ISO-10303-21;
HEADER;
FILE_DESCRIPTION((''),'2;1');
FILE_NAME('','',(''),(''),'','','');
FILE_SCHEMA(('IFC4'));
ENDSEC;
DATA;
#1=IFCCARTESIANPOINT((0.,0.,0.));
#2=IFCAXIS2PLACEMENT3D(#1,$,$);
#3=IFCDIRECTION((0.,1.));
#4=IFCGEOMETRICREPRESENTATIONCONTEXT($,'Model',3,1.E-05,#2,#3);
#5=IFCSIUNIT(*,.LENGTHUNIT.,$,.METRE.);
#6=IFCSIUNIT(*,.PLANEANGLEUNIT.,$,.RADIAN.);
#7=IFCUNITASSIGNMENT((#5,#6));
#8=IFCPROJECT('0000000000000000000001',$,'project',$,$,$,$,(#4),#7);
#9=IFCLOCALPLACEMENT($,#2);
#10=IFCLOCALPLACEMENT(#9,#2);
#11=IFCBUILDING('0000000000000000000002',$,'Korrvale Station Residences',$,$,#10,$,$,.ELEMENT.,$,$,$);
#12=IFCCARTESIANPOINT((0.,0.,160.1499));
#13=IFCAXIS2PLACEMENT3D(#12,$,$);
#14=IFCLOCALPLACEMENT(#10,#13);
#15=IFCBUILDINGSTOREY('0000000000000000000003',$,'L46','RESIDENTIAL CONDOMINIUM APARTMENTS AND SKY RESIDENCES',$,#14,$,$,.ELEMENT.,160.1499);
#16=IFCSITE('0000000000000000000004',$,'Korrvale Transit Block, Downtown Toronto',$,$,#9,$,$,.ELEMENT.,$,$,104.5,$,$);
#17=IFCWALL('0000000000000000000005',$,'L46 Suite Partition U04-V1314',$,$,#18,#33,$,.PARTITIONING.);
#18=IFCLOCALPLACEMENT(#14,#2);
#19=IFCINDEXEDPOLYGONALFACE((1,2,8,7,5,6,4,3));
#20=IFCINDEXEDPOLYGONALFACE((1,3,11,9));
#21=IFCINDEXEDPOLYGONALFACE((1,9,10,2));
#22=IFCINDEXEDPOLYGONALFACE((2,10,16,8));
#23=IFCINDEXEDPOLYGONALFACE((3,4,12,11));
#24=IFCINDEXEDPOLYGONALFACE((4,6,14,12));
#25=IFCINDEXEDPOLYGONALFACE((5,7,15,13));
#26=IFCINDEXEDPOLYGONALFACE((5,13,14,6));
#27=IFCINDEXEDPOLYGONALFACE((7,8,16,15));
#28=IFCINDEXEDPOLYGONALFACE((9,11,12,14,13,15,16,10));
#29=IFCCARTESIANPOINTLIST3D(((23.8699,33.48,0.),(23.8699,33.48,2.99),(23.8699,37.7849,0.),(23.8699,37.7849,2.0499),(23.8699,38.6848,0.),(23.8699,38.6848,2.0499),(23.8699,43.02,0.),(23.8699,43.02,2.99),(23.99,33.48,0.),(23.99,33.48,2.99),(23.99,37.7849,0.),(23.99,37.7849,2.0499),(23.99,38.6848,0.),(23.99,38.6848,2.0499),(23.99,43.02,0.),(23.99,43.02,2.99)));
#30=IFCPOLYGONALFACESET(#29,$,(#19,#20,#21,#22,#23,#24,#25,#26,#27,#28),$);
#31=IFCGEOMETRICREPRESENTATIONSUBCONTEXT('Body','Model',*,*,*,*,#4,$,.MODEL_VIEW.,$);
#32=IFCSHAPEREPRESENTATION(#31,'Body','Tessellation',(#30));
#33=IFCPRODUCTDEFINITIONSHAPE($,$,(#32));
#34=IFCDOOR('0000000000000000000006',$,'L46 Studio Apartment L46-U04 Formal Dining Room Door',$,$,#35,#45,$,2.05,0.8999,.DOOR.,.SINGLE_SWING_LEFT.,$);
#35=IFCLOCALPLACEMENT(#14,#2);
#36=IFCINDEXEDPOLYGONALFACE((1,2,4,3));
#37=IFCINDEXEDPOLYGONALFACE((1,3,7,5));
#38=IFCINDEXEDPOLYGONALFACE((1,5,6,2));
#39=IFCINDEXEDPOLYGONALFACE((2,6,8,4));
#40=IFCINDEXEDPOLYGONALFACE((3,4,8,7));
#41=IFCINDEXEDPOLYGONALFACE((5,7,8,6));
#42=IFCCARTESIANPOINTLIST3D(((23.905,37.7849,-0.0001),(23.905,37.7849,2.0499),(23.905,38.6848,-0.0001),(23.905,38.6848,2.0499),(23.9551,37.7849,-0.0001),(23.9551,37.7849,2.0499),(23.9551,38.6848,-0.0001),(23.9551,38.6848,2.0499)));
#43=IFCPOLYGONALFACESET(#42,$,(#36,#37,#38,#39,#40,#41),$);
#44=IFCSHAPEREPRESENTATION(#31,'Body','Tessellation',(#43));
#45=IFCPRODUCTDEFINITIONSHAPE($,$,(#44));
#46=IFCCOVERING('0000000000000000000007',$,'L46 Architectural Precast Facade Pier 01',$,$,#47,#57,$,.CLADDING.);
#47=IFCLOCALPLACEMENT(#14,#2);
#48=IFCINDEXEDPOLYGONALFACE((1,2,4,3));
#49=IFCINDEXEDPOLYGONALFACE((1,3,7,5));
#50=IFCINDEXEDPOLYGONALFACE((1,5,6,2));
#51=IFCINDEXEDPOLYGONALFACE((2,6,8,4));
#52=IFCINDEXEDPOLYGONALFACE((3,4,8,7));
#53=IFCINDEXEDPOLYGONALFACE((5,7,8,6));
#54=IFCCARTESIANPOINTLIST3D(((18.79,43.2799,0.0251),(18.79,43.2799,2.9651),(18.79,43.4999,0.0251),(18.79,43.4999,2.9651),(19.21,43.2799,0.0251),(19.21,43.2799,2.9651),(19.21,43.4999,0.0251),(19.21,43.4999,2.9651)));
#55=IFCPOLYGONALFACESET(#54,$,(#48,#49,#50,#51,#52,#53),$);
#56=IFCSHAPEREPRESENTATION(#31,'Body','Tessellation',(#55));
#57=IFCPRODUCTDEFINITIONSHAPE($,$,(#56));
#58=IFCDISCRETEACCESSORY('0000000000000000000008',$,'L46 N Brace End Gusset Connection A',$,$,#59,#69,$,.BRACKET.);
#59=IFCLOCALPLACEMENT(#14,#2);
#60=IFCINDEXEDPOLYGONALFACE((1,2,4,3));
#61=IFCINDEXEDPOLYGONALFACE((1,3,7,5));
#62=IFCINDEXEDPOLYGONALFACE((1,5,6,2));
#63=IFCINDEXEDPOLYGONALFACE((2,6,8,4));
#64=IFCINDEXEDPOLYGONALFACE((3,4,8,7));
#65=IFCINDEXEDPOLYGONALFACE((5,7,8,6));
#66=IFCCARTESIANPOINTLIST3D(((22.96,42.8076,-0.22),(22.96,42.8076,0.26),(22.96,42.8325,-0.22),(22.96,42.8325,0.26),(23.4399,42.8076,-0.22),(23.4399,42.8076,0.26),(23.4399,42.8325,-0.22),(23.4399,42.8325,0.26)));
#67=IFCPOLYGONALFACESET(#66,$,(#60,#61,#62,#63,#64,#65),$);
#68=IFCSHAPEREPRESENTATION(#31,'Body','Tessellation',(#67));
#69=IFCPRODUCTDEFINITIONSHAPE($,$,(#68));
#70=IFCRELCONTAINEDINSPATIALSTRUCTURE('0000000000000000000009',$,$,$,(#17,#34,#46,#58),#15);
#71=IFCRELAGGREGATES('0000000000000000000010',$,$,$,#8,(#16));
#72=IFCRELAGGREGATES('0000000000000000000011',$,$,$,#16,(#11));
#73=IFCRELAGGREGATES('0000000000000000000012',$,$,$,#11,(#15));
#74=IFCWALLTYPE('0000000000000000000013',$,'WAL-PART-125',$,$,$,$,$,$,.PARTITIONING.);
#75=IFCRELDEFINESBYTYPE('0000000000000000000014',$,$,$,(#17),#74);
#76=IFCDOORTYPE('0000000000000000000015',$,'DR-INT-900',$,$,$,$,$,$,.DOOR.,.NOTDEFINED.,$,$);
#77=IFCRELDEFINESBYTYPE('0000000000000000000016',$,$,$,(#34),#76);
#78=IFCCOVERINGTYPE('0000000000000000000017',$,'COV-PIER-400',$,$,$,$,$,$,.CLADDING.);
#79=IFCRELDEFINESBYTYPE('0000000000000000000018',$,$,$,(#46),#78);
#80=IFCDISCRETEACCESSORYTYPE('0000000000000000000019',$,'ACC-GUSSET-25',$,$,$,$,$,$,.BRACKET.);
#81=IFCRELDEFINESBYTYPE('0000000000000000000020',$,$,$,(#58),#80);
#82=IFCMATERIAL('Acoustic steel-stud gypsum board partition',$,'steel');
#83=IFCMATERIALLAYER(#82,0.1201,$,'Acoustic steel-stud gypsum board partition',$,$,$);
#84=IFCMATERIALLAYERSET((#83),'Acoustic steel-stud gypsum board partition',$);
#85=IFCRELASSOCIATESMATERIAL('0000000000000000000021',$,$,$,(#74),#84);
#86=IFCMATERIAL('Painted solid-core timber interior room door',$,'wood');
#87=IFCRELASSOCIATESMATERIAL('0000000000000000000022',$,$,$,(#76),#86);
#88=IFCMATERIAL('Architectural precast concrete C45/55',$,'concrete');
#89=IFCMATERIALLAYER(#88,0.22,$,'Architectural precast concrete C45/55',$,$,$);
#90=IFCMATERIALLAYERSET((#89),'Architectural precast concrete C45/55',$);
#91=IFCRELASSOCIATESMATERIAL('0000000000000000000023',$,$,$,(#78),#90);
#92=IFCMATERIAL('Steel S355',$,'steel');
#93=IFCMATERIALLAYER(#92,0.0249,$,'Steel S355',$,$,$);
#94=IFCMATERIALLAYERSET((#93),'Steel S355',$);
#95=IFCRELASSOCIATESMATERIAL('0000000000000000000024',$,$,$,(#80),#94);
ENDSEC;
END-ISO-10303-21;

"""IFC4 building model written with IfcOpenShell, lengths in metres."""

from ifc_helpers import new_model, si_unit, direction, frame, frame_2d, origin, origin_2d, place, context, subcontext, project, spatial, rectangle, extrude, material, layer, layer_set, type_object, element, fill, save


model = new_model("IFC4")

# Units and contexts
model_context = context("Model", 3, precision=1e-05, world=origin(), true_north=direction((0.0, 1.0)))
body_context = subcontext(model_context, "Body", "Model", "MODEL_VIEW")
ifc_project = project(units=[si_unit("LENGTHUNIT", "METRE"), si_unit("PLANEANGLEUNIT", "RADIAN")], contexts=[model_context])

# Site, building, storey
site_placement = place(None, origin())
site = spatial("IfcSite", under=ifc_project, at=site_placement, Name="Korrvale Transit Block, Downtown Toronto", CompositionType="ELEMENT", RefElevation=104.5)
building_placement = place(site_placement, origin())
building = spatial("IfcBuilding", under=site, at=building_placement, Name="Korrvale Station Residences", CompositionType="ELEMENT")
storey_placement = place(building_placement, frame((0.0, 0.0, 160.1499)))
storey = spatial("IfcBuildingStorey", under=building, at=storey_placement, Name="L46", Description="RESIDENTIAL CONDOMINIUM APARTMENTS AND SKY RESIDENCES", CompositionType="ELEMENT", Elevation=160.1499)

# Shared definitions
ifc_material_1 = material(Name="Steel S355", Category="steel")

# Shared definitions
ifc_material_2 = material(Name="Acoustic steel-stud gypsum board partition", Category="steel")
ifc_layer_1 = layer(ifc_material_2, 0.1201, Name="Acoustic steel-stud gypsum board partition")
ifc_layer_set_1 = layer_set([ifc_layer_1], Name="Acoustic steel-stud gypsum board partition")
wall_type = type_object("IfcWallType", Name="WAL-PART-125", PredefinedType="PARTITIONING", material=ifc_layer_set_1)
ifc_material_3 = material(Name="Painted solid-core timber interior room door", Category="wood")
door_type = type_object("IfcDoorType", Name="DR-INT-900", OperationType="NOTDEFINED", PredefinedType="DOOR", material=ifc_material_3)

# Wall, opening, door
wall_1_placement = place(storey_placement, frame((23.9299, 33.48, 0.0), z_axis=(0.0, 0.0, 1.0), x_axis=(0.0, 1.0, 0.0)))
wall_1 = element("IfcWall", 1, at=wall_1_placement, inside=storey, type_object=wall_type, Name="L46 Suite Partition U04-V1314", PredefinedType="PARTITIONING", context=body_context, shape_type="SweptSolid", body=[
    extrude(rectangle(XDim=9.54, YDim=0.1201, at=frame_2d((4.77, 0.0))), origin(), (0.0, 0.0, 1.0), 2.99),
])
opening_1_placement = place(wall_1_placement, frame((4.3049, 0.0, 0.0)))
opening_1 = element("IfcOpeningElement", 2, at=opening_1_placement, cuts=wall_1, PredefinedType="OPENING", context=body_context, shape_type="SweptSolid", body=[
    extrude(rectangle(XDim=0.8999, YDim=2.05, at=frame_2d((0.45, 1.0249))), frame((0.0, 0.0701, 0.0), z_axis=(0.0, -1.0, 0.0), x_axis=(1.0, 0.0, 0.0)), (0.0, 0.0, 1.0), 0.1401),
])
door_1_placement = place(opening_1_placement, origin())
door_1 = element("IfcDoor", 3, at=door_1_placement, inside=storey, type_object=door_type, Name="L46 Studio Apartment L46-U04 Formal Dining Room Door", OperationType="SINGLE_SWING_LEFT", OverallHeight=2.05, OverallWidth=0.8999, PredefinedType="DOOR", context=body_context, shape_type="SweptSolid", body=[
    extrude(rectangle(XDim=0.8999, YDim=2.05, at=frame_2d((0.45, 1.0249))), frame((0.0, 0.0249, 0.0), z_axis=(0.0, -1.0, 0.0), x_axis=(1.0, 0.0, 0.0)), (0.0, 0.0, 1.0), 0.05),
])
fill(opening_1, door_1)

# Covering
ifc_material_4 = material(Name="Architectural precast concrete C45/55", Category="concrete")
ifc_layer_2 = layer(ifc_material_4, 0.22, Name="Architectural precast concrete C45/55")
ifc_layer_set_2 = layer_set([ifc_layer_2], Name="Architectural precast concrete C45/55")
covering_type = type_object("IfcCoveringType", Name="COV-PIER-400", PredefinedType="CLADDING", material=ifc_layer_set_2)
covering_placement = place(storey_placement, frame((19.0, 43.3899, 0.0251), z_axis=(0.0, 0.0, 1.0), x_axis=(1.0, 0.0, 0.0)))
element("IfcCovering", 4, at=covering_placement, inside=storey, type_object=covering_type, Name="L46 Architectural Precast Facade Pier 01", PredefinedType="CLADDING", context=body_context, shape_type="SweptSolid", body=[
    extrude(rectangle(XDim=0.4199, YDim=0.22, at=origin_2d()), origin(), (0.0, 0.0, 1.0), 2.9399),
])

# Discrete accessory
ifc_layer_3 = layer(ifc_material_1, 0.0249, Name="Steel S355")
ifc_layer_set_3 = layer_set([ifc_layer_3], Name="Steel S355")
discrete_accessory_type = type_object("IfcDiscreteAccessoryType", Name="ACC-GUSSET-25", PredefinedType="BRACKET", material=ifc_layer_set_3)
discrete_accessory_placement = place(storey_placement, frame((23.2, 42.8201, -0.22), z_axis=(0.0, 0.0, 1.0), x_axis=(1.0, 0.0, 0.0)))
element("IfcDiscreteAccessory", 5, at=discrete_accessory_placement, inside=storey, type_object=discrete_accessory_type, Name="L46 N Brace End Gusset Connection A", PredefinedType="BRACKET", context=body_context, shape_type="SweptSolid", body=[
    extrude(rectangle(XDim=0.48, YDim=0.0249, at=origin_2d()), origin(), (0.0, 0.0, 1.0), 0.48),
])

save(model, "model.ifc")
